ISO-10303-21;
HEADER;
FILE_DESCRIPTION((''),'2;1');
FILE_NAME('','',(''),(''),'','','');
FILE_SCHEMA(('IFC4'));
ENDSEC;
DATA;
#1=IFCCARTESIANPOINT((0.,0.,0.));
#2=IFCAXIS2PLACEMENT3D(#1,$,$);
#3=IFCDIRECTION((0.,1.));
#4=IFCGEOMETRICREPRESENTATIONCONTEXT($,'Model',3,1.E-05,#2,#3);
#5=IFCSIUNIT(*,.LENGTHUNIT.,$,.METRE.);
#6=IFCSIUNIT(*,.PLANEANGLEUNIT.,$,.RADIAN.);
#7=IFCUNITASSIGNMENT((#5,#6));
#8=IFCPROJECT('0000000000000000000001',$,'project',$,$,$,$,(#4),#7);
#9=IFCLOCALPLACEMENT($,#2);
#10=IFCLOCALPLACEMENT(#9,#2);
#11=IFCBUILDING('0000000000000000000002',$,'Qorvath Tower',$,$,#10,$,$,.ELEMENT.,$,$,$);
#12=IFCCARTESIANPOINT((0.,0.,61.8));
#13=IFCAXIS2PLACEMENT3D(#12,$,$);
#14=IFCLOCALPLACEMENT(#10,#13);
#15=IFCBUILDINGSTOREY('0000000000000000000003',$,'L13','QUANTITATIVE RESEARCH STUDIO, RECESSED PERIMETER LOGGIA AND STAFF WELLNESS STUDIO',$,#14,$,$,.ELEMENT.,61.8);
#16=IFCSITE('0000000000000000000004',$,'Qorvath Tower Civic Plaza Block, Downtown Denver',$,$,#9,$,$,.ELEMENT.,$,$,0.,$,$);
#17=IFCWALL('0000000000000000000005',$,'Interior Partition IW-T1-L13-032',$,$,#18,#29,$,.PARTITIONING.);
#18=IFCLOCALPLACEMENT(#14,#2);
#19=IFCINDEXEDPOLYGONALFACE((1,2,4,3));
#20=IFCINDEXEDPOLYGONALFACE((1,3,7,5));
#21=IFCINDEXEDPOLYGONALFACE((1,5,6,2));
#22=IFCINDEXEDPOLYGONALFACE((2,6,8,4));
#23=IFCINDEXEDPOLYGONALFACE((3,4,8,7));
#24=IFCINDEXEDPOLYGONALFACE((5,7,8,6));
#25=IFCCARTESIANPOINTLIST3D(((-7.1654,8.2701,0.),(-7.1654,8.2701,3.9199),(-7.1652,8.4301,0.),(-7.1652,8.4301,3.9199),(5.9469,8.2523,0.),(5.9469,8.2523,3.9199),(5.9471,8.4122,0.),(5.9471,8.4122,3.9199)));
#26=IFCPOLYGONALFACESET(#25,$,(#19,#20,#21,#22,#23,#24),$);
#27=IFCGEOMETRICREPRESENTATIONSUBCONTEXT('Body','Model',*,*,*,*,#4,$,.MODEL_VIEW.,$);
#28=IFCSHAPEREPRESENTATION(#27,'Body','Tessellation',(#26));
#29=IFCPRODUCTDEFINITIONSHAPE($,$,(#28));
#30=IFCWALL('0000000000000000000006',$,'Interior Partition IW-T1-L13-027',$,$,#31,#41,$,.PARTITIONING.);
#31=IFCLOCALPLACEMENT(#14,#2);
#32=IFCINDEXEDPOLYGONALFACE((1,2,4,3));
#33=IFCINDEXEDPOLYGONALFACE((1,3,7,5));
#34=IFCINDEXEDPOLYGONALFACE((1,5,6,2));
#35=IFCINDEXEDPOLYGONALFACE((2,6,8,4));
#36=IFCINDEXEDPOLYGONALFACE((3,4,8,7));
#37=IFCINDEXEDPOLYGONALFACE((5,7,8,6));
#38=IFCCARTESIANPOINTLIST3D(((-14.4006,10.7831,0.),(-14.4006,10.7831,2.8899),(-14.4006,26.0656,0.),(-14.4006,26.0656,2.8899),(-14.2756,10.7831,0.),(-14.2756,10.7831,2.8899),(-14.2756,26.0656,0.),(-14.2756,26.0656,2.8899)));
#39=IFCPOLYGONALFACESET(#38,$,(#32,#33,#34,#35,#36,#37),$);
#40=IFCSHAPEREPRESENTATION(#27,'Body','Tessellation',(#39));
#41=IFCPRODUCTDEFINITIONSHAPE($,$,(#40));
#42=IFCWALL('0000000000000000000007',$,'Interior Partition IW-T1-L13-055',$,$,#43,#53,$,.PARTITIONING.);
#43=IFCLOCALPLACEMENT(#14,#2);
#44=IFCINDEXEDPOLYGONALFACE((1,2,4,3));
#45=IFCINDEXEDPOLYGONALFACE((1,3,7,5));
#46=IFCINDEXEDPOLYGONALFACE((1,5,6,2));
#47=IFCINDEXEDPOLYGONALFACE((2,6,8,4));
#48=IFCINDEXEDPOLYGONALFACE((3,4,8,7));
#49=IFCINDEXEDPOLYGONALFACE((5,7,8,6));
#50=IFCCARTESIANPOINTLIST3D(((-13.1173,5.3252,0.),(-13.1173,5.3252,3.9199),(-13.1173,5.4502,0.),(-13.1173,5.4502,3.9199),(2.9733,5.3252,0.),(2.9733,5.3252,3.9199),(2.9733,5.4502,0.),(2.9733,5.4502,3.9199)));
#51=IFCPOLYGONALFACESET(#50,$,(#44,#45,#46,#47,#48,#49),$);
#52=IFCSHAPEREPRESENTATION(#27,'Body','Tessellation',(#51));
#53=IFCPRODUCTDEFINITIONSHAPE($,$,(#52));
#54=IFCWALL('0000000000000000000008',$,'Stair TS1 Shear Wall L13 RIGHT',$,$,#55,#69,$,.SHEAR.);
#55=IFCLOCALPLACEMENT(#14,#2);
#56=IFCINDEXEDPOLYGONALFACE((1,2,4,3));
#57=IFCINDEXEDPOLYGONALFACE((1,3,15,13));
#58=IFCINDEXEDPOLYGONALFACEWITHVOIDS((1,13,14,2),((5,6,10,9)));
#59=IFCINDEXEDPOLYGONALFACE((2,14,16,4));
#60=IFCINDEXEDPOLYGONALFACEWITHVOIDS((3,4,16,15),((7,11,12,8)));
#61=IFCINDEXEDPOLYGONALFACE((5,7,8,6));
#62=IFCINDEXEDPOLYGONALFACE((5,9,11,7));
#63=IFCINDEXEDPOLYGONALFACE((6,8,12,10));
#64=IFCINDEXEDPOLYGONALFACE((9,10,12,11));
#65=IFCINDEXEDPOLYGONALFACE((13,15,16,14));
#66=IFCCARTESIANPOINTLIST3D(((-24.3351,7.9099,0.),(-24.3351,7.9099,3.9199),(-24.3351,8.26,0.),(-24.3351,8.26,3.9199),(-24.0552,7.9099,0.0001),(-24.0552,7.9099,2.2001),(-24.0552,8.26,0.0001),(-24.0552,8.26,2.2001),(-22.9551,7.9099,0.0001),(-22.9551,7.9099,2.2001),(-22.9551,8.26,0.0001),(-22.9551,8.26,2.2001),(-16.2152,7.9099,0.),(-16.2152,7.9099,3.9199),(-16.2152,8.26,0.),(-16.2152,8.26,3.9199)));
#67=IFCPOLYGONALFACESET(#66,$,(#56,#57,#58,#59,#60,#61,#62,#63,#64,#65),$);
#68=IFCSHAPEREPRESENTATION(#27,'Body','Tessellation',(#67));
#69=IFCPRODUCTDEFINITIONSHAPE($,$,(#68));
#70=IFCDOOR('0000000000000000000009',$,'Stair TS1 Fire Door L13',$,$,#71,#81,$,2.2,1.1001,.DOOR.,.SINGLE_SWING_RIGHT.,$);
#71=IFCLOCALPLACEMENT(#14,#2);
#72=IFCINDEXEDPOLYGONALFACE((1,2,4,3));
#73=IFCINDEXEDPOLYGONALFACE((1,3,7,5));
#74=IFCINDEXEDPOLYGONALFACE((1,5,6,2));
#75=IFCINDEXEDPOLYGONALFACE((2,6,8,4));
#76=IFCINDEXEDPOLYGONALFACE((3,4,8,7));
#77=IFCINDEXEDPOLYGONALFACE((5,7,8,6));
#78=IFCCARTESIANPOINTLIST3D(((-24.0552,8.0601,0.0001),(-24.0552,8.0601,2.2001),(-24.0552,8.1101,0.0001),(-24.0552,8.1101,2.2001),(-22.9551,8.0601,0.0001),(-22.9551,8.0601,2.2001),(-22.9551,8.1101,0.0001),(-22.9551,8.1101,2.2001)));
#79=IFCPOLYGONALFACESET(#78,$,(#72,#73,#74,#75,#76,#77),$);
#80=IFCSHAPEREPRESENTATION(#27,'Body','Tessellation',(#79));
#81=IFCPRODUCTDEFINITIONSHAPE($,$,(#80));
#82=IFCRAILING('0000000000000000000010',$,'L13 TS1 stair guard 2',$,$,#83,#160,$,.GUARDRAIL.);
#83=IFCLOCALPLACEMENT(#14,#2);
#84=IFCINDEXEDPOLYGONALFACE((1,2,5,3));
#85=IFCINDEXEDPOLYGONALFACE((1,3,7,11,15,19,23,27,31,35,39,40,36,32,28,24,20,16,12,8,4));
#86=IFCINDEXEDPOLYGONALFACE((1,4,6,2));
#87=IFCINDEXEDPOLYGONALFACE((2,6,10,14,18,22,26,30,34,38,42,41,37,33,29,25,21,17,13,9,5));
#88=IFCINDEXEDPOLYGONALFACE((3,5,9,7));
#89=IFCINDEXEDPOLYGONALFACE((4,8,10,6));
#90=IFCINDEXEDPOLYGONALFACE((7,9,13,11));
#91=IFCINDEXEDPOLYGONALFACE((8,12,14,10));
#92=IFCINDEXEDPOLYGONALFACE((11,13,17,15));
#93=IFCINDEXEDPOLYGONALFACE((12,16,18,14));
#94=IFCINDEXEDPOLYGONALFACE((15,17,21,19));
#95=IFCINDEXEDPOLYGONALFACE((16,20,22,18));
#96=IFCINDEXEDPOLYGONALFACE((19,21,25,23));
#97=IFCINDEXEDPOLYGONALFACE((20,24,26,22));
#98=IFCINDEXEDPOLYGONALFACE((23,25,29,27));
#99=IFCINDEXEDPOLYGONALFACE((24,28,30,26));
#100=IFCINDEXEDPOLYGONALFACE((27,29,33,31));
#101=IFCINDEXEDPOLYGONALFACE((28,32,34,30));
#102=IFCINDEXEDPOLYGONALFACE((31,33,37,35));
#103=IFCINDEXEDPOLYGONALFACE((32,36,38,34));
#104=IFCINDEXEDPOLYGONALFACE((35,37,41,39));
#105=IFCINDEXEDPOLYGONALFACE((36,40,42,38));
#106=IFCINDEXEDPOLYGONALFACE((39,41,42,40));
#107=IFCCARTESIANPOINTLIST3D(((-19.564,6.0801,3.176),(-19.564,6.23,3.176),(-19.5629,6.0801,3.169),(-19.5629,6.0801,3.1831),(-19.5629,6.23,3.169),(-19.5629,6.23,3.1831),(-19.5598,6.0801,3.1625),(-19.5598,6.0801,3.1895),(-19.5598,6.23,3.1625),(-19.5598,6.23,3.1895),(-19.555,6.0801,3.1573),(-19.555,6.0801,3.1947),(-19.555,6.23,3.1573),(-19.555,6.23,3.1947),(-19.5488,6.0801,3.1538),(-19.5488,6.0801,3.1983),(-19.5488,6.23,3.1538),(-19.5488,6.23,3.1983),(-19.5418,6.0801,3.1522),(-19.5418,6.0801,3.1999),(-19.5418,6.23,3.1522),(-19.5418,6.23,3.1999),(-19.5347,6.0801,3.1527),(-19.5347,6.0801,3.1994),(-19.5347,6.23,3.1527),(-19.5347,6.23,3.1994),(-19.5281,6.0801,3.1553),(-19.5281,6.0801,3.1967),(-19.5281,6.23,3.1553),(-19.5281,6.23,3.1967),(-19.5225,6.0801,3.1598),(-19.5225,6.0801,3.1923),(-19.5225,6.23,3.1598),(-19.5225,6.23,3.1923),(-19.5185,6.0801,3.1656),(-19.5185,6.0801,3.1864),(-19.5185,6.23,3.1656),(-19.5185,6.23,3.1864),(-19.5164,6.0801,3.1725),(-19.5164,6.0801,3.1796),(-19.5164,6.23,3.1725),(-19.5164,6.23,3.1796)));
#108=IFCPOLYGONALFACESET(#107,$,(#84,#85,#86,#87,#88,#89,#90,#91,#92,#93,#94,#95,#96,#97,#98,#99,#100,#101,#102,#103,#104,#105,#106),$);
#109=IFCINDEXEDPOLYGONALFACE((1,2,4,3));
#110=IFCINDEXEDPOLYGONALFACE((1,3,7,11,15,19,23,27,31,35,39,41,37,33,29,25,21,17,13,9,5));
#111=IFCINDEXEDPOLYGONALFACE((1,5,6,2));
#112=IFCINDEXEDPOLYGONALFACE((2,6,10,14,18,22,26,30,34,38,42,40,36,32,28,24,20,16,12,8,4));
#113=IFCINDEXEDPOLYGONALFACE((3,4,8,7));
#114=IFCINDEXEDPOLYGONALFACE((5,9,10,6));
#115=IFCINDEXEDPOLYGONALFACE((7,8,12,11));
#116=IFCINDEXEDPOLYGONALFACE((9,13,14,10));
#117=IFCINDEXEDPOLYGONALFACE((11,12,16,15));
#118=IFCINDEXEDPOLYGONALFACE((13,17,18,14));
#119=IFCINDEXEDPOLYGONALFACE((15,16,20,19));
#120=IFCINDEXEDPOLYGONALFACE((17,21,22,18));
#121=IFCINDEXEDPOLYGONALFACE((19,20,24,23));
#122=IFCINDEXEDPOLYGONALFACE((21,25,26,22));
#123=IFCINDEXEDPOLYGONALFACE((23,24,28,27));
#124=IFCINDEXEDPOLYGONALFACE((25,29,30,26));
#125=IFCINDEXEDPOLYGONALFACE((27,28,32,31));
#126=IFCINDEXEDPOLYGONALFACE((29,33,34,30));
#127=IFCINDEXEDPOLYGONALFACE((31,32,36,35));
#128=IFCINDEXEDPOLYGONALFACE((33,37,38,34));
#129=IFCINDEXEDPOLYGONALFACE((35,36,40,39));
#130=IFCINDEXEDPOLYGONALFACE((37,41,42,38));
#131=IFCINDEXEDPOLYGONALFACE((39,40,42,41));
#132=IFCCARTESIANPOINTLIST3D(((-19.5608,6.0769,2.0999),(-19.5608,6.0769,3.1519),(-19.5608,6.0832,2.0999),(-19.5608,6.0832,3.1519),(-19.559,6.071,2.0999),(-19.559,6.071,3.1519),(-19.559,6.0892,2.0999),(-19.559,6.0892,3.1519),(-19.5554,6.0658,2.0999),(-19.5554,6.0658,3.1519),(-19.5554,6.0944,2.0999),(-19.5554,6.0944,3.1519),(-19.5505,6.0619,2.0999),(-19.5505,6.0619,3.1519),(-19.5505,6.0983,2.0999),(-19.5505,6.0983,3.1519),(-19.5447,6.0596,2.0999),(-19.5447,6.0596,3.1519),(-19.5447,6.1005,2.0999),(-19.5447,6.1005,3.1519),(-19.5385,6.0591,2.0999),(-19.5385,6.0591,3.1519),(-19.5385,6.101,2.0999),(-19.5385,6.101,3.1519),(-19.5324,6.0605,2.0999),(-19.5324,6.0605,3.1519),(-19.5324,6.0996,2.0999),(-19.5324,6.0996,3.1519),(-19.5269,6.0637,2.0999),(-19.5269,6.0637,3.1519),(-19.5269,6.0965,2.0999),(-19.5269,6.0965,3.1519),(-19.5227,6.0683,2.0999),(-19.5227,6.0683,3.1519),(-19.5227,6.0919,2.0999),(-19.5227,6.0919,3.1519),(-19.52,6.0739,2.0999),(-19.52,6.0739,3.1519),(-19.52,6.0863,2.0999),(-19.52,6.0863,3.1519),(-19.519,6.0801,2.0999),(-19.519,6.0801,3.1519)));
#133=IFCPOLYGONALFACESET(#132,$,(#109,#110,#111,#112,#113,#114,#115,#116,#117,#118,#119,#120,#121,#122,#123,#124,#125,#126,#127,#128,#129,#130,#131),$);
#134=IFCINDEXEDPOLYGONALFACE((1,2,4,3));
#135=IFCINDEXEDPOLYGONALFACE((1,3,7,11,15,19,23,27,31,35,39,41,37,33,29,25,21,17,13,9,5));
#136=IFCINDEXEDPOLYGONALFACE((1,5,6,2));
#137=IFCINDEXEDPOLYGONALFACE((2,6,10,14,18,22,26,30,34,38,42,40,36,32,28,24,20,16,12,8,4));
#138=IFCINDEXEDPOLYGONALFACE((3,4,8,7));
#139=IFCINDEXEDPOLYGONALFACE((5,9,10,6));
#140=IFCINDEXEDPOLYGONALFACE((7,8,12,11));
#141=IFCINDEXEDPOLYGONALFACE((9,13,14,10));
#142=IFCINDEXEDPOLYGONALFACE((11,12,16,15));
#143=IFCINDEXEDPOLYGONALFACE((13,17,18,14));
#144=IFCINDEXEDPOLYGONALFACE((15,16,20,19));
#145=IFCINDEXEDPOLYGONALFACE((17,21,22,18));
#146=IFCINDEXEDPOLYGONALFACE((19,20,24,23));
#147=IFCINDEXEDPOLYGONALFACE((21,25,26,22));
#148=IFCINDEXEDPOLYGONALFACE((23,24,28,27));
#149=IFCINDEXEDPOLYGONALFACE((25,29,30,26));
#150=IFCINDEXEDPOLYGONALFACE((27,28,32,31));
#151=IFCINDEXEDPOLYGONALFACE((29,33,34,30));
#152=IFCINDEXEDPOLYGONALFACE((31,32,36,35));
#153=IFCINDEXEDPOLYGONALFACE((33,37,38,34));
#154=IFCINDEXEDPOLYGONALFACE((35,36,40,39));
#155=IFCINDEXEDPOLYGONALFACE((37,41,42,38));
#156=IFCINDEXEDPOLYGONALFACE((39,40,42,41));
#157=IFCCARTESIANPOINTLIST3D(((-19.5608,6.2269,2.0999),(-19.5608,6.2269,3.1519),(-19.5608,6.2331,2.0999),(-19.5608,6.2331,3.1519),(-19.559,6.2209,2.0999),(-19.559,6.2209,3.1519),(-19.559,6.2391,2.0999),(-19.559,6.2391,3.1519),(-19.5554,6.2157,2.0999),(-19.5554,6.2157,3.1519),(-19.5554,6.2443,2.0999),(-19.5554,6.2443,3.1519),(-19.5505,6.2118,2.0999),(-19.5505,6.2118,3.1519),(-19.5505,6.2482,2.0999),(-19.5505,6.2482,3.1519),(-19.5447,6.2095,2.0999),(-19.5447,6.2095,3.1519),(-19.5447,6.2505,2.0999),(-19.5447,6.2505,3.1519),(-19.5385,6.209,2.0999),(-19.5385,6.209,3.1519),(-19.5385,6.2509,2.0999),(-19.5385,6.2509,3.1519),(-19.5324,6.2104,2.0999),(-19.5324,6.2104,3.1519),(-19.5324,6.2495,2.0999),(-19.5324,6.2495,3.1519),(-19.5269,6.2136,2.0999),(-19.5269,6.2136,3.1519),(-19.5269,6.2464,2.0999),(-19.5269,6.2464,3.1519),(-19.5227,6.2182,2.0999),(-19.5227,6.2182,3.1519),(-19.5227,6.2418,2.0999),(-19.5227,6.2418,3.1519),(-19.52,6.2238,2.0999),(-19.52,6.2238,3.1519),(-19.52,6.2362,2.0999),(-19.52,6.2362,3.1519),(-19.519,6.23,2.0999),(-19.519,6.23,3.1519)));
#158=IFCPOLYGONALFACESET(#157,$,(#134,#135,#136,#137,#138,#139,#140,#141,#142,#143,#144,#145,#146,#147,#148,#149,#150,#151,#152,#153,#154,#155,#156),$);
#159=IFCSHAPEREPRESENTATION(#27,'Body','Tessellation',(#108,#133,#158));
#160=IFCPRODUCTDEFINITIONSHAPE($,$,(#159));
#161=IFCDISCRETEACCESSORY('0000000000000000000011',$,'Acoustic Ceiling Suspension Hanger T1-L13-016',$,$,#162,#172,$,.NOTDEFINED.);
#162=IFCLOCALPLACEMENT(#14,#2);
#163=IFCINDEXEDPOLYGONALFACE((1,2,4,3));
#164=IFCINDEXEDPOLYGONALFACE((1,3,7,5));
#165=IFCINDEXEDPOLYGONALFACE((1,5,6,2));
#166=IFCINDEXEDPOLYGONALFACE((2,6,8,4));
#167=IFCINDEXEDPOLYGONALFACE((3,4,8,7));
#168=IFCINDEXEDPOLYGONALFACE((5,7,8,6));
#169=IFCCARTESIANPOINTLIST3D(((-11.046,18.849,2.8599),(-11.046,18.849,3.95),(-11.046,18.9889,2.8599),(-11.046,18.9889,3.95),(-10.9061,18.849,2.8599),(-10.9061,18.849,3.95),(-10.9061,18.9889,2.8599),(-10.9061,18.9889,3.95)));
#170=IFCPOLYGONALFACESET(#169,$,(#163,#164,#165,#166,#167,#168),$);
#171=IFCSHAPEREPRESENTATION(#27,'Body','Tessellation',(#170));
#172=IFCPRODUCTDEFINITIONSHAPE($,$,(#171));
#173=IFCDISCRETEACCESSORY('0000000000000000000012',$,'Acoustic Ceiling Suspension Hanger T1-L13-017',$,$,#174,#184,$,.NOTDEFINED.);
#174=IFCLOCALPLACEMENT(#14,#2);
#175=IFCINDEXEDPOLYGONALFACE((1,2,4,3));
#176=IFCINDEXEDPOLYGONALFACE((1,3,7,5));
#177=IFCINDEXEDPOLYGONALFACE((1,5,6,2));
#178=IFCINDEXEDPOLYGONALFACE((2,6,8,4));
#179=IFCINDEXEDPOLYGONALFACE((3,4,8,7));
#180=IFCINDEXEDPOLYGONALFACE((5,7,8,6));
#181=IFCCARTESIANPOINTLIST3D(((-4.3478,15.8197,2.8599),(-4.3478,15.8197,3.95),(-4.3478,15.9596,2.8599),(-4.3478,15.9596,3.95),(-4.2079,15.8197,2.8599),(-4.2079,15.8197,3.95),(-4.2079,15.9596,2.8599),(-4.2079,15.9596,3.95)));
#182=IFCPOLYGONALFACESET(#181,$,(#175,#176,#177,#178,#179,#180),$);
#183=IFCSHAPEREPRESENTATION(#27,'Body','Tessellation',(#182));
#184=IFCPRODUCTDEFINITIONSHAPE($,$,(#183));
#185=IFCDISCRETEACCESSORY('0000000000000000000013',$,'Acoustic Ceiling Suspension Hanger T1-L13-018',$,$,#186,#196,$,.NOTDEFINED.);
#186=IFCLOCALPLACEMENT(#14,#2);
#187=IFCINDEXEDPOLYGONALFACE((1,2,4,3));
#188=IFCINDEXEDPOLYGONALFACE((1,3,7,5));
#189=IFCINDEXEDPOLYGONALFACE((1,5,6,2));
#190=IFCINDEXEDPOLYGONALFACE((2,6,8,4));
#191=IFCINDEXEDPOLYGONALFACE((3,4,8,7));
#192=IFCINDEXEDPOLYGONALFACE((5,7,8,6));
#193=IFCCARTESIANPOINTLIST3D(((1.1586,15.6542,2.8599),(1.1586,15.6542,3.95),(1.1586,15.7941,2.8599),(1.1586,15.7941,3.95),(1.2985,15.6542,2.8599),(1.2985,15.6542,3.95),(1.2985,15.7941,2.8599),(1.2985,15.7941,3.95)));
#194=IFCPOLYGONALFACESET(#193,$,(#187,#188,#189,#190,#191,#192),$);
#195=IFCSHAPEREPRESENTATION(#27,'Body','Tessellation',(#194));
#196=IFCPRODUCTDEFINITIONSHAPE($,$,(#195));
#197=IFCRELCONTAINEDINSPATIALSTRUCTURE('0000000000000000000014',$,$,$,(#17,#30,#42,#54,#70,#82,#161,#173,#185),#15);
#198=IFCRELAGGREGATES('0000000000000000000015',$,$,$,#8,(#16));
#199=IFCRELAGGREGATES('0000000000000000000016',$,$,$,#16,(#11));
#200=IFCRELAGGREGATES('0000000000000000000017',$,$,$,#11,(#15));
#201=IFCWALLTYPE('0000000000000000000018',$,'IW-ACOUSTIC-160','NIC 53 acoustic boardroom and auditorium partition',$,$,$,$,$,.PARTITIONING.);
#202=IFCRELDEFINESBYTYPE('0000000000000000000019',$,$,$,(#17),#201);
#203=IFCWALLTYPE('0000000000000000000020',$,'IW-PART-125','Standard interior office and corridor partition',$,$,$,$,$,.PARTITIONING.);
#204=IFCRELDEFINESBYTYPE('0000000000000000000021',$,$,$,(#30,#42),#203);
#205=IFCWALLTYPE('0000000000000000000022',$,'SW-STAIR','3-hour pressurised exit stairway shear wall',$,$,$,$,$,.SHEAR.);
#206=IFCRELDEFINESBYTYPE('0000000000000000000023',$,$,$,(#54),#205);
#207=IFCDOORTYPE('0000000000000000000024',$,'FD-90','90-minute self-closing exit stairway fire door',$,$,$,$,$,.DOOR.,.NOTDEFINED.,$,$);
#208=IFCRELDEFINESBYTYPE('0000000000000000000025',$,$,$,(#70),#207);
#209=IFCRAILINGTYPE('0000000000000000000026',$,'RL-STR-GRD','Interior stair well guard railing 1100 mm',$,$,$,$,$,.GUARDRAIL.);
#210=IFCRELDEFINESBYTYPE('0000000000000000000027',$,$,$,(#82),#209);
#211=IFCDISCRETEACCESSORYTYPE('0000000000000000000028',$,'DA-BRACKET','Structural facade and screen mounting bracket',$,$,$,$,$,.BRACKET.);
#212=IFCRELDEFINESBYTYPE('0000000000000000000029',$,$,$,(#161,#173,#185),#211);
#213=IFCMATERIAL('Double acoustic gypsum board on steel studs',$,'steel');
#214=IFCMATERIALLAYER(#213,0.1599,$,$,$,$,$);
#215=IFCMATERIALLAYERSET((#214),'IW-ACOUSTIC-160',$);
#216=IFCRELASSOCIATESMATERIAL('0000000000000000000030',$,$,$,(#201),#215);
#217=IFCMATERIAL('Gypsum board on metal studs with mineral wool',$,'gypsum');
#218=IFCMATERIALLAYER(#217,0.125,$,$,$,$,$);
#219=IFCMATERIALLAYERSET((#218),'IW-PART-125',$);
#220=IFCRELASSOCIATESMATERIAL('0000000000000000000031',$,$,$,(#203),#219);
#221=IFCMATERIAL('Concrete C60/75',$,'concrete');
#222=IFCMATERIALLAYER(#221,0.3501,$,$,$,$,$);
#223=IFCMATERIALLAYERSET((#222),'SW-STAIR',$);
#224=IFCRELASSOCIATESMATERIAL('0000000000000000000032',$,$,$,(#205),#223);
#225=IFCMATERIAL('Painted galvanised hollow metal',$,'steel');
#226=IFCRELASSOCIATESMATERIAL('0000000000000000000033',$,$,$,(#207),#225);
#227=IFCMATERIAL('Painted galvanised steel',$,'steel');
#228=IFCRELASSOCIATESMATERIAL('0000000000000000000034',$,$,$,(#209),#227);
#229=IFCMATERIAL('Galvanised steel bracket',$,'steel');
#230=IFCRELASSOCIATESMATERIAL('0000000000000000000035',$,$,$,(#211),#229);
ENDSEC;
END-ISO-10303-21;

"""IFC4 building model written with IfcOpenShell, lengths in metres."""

from ifc_helpers import new_model, si_unit, direction, frame, frame_2d, origin, origin_2d, place, context, subcontext, project, spatial, rectangle, circle, extrude, material, layer, layer_set, type_object, element, fill, save


model = new_model("IFC4")

# Units and contexts
model_context = context("Model", 3, precision=1e-05, world=origin(), true_north=direction((0.0, 1.0)))
body_context = subcontext(model_context, "Body", "Model", "MODEL_VIEW")
ifc_project = project(units=[si_unit("LENGTHUNIT", "METRE"), si_unit("PLANEANGLEUNIT", "RADIAN")], contexts=[model_context])

# Site, building, storey
site_placement = place(None, origin())
site = spatial("IfcSite", under=ifc_project, at=site_placement, Name="Qorvath Tower Civic Plaza Block, Downtown Denver", CompositionType="ELEMENT", RefElevation=0.0)
building_placement = place(site_placement, origin())
building = spatial("IfcBuilding", under=site, at=building_placement, Name="Qorvath Tower", CompositionType="ELEMENT")
storey_placement = place(building_placement, frame((0.0, 0.0, 61.8)))
storey = spatial("IfcBuildingStorey", under=building, at=storey_placement, Name="L13", Description="QUANTITATIVE RESEARCH STUDIO, RECESSED PERIMETER LOGGIA AND STAFF WELLNESS STUDIO", CompositionType="ELEMENT", Elevation=61.8)

# Shared definitions
ifc_material_1 = material(Name="Double acoustic gypsum board on steel studs", Category="steel")
ifc_layer_1 = layer(ifc_material_1, 0.1599)
ifc_layer_set_1 = layer_set([ifc_layer_1], Name="IW-ACOUSTIC-160")
wall_type_1 = type_object("IfcWallType", Name="IW-ACOUSTIC-160", Description="NIC 53 acoustic boardroom and auditorium partition", PredefinedType="PARTITIONING", material=ifc_layer_set_1)

# Walls
wall_1_placement = place(storey_placement, frame((-7.1653, 8.3501, 0.0), z_axis=(0.0, 0.0, 1.0), x_axis=(0.999999, -0.001359, 0.0)))
element("IfcWall", 1, at=wall_1_placement, inside=storey, type_object=wall_type_1, Name="Interior Partition IW-T1-L13-032", PredefinedType="PARTITIONING", context=body_context, shape_type="SweptSolid", body=[
    extrude(rectangle(XDim=13.1123, YDim=0.1599, at=frame_2d((6.5562, 0.0))), origin(), (0.0, 0.0, 1.0), 3.9199),
])
ifc_material_2 = material(Name="Gypsum board on metal studs with mineral wool", Category="gypsum")
ifc_layer_2 = layer(ifc_material_2, 0.125)
ifc_layer_set_2 = layer_set([ifc_layer_2], Name="IW-PART-125")
wall_type_2 = type_object("IfcWallType", Name="IW-PART-125", Description="Standard interior office and corridor partition", PredefinedType="PARTITIONING", material=ifc_layer_set_2)
wall_2_placement = place(storey_placement, frame((-14.3381, 10.7832, 0.0), z_axis=(0.0, 0.0, 1.0), x_axis=(0.0, 1.0, 0.0)))
element("IfcWall", 2, at=wall_2_placement, inside=storey, type_object=wall_type_2, Name="Interior Partition IW-T1-L13-027", PredefinedType="PARTITIONING", context=body_context, shape_type="SweptSolid", body=[
    extrude(rectangle(XDim=15.2825, YDim=0.125, at=frame_2d((7.6411, 0.0))), origin(), (0.0, 0.0, 1.0), 2.8899),
])

# Wall
wall_3_placement = place(storey_placement, frame((2.9734, 5.3877, 0.0), z_axis=(0.0, 0.0, 1.0), x_axis=(-1.0, 0.0, 0.0)))
element("IfcWall", 3, at=wall_3_placement, inside=storey, type_object=wall_type_2, Name="Interior Partition IW-T1-L13-055", PredefinedType="PARTITIONING", context=body_context, shape_type="SweptSolid", body=[
    extrude(rectangle(XDim=16.0906, YDim=0.125, at=frame_2d((8.0454, 0.0))), origin(), (0.0, 0.0, 1.0), 3.9199),
])

# Wall, opening, door
ifc_material_3 = material(Name="Concrete C60/75", Category="concrete")
ifc_layer_3 = layer(ifc_material_3, 0.3501)
ifc_layer_set_3 = layer_set([ifc_layer_3], Name="SW-STAIR")
wall_type_3 = type_object("IfcWallType", Name="SW-STAIR", Description="3-hour pressurised exit stairway shear wall", PredefinedType="SHEAR", material=ifc_layer_set_3)
wall_4_placement = place(storey_placement, frame((-16.2151, 8.085, 0.0), z_axis=(0.0, 0.0, 1.0), x_axis=(-1.0, 0.0, 0.0)))
wall_4 = element("IfcWall", 4, at=wall_4_placement, inside=storey, type_object=wall_type_3, Name="Stair TS1 Shear Wall L13 RIGHT", PredefinedType="SHEAR", context=body_context, shape_type="SweptSolid", body=[
    extrude(rectangle(XDim=8.1199, YDim=0.3501, at=frame_2d((4.0601, 0.0))), origin(), (0.0, 0.0, 1.0), 3.9199),
])
opening_1_placement = place(wall_4_placement, frame((6.74, 0.0, 0.0)))
opening_1 = element("IfcOpeningElement", 5, at=opening_1_placement, cuts=wall_4, PredefinedType="OPENING", context=body_context, shape_type="SweptSolid", body=[
    extrude(rectangle(XDim=1.1001, YDim=2.2, at=frame_2d((0.55, 1.1001))), frame((0.0, 0.1851, 0.0), z_axis=(0.0, -1.0, 0.0), x_axis=(1.0, 0.0, 0.0)), (0.0, 0.0, 1.0), 0.3701),
])
ifc_material_4 = material(Name="Painted galvanised hollow metal", Category="steel")
door_type_1 = type_object("IfcDoorType", Name="FD-90", Description="90-minute self-closing exit stairway fire door", OperationType="NOTDEFINED", PredefinedType="DOOR", material=ifc_material_4)
door_1_placement = place(opening_1_placement, origin())
door_1 = element("IfcDoor", 6, at=door_1_placement, inside=storey, type_object=door_type_1, Name="Stair TS1 Fire Door L13", OperationType="SINGLE_SWING_RIGHT", OverallHeight=2.2, OverallWidth=1.1001, PredefinedType="DOOR", context=body_context, shape_type="SweptSolid", body=[
    extrude(rectangle(XDim=1.1001, YDim=2.2, at=frame_2d((0.55, 1.1001))), frame((0.0, 0.0249, 0.0), z_axis=(0.0, -1.0, 0.0), x_axis=(1.0, 0.0, 0.0)), (0.0, 0.0, 1.0), 0.05),
])
fill(opening_1, door_1)

# Railing
ifc_material_5 = material(Name="Painted galvanised steel", Category="steel")
railing_type = type_object("IfcRailingType", Name="RL-STR-GRD", Description="Interior stair well guard railing 1100 mm", PredefinedType="GUARDRAIL", material=ifc_material_5)
railing_placement = place(storey_placement, frame((-19.54, 6.0801, 2.0999)))
element("IfcRailing", 7, at=railing_placement, inside=storey, type_object=railing_type, Name="L13 TS1 stair guard 2", PredefinedType="GUARDRAIL", context=body_context, shape_type="SweptSolid", body=[
    extrude(circle(Radius=0.0239, at=origin_2d()), frame((0.0, 0.0, 1.0762), z_axis=(0.0, 1.0, 0.0), x_axis=(-1.0, 0.0, 0.0)), (0.0, 0.0, 1.0), 0.1499),
    extrude(circle(Radius=0.021, at=origin_2d()), origin(), (0.0, 0.0, 1.0), 1.052),
    extrude(circle(Radius=0.021, at=origin_2d()), frame((0.0, 0.1499, 0.0)), (0.0, 0.0, 1.0), 1.052),
])

# Discrete accessories
ifc_material_6 = material(Name="Galvanised steel bracket", Category="steel")
discrete_accessory_type = type_object("IfcDiscreteAccessoryType", Name="DA-BRACKET", Description="Structural facade and screen mounting bracket", PredefinedType="BRACKET", material=ifc_material_6)
for number, where, z_axis, x_axis, name in (
    (8, (-10.9761, 18.9189, 2.8599), (0.0, 0.0, 1.0), (1.0, 0.0, 0.0), "Acoustic Ceiling Suspension Hanger T1-L13-016"),
    (9, (-4.2778, 15.8896, 2.8599), (0.0, 0.0, 1.0), (1.0, 0.0, 0.0), "Acoustic Ceiling Suspension Hanger T1-L13-017"),
    (10, (1.2285, 15.7241, 2.8599), (0.0, 0.0, 1.0), (1.0, 0.0, 0.0), "Acoustic Ceiling Suspension Hanger T1-L13-018"),
):
    element("IfcDiscreteAccessory", number, at=place(storey_placement, frame(where, z_axis=z_axis, x_axis=x_axis)), inside=storey, type_object=discrete_accessory_type, Name=name, PredefinedType="NOTDEFINED", context=body_context, shape_type="SweptSolid", body=[
        extrude(rectangle(XDim=0.1399, YDim=0.1399, at=origin_2d()), origin(), (0.0, 0.0, 1.0), 1.0901),
    ])

save(model, "model.ifc")
